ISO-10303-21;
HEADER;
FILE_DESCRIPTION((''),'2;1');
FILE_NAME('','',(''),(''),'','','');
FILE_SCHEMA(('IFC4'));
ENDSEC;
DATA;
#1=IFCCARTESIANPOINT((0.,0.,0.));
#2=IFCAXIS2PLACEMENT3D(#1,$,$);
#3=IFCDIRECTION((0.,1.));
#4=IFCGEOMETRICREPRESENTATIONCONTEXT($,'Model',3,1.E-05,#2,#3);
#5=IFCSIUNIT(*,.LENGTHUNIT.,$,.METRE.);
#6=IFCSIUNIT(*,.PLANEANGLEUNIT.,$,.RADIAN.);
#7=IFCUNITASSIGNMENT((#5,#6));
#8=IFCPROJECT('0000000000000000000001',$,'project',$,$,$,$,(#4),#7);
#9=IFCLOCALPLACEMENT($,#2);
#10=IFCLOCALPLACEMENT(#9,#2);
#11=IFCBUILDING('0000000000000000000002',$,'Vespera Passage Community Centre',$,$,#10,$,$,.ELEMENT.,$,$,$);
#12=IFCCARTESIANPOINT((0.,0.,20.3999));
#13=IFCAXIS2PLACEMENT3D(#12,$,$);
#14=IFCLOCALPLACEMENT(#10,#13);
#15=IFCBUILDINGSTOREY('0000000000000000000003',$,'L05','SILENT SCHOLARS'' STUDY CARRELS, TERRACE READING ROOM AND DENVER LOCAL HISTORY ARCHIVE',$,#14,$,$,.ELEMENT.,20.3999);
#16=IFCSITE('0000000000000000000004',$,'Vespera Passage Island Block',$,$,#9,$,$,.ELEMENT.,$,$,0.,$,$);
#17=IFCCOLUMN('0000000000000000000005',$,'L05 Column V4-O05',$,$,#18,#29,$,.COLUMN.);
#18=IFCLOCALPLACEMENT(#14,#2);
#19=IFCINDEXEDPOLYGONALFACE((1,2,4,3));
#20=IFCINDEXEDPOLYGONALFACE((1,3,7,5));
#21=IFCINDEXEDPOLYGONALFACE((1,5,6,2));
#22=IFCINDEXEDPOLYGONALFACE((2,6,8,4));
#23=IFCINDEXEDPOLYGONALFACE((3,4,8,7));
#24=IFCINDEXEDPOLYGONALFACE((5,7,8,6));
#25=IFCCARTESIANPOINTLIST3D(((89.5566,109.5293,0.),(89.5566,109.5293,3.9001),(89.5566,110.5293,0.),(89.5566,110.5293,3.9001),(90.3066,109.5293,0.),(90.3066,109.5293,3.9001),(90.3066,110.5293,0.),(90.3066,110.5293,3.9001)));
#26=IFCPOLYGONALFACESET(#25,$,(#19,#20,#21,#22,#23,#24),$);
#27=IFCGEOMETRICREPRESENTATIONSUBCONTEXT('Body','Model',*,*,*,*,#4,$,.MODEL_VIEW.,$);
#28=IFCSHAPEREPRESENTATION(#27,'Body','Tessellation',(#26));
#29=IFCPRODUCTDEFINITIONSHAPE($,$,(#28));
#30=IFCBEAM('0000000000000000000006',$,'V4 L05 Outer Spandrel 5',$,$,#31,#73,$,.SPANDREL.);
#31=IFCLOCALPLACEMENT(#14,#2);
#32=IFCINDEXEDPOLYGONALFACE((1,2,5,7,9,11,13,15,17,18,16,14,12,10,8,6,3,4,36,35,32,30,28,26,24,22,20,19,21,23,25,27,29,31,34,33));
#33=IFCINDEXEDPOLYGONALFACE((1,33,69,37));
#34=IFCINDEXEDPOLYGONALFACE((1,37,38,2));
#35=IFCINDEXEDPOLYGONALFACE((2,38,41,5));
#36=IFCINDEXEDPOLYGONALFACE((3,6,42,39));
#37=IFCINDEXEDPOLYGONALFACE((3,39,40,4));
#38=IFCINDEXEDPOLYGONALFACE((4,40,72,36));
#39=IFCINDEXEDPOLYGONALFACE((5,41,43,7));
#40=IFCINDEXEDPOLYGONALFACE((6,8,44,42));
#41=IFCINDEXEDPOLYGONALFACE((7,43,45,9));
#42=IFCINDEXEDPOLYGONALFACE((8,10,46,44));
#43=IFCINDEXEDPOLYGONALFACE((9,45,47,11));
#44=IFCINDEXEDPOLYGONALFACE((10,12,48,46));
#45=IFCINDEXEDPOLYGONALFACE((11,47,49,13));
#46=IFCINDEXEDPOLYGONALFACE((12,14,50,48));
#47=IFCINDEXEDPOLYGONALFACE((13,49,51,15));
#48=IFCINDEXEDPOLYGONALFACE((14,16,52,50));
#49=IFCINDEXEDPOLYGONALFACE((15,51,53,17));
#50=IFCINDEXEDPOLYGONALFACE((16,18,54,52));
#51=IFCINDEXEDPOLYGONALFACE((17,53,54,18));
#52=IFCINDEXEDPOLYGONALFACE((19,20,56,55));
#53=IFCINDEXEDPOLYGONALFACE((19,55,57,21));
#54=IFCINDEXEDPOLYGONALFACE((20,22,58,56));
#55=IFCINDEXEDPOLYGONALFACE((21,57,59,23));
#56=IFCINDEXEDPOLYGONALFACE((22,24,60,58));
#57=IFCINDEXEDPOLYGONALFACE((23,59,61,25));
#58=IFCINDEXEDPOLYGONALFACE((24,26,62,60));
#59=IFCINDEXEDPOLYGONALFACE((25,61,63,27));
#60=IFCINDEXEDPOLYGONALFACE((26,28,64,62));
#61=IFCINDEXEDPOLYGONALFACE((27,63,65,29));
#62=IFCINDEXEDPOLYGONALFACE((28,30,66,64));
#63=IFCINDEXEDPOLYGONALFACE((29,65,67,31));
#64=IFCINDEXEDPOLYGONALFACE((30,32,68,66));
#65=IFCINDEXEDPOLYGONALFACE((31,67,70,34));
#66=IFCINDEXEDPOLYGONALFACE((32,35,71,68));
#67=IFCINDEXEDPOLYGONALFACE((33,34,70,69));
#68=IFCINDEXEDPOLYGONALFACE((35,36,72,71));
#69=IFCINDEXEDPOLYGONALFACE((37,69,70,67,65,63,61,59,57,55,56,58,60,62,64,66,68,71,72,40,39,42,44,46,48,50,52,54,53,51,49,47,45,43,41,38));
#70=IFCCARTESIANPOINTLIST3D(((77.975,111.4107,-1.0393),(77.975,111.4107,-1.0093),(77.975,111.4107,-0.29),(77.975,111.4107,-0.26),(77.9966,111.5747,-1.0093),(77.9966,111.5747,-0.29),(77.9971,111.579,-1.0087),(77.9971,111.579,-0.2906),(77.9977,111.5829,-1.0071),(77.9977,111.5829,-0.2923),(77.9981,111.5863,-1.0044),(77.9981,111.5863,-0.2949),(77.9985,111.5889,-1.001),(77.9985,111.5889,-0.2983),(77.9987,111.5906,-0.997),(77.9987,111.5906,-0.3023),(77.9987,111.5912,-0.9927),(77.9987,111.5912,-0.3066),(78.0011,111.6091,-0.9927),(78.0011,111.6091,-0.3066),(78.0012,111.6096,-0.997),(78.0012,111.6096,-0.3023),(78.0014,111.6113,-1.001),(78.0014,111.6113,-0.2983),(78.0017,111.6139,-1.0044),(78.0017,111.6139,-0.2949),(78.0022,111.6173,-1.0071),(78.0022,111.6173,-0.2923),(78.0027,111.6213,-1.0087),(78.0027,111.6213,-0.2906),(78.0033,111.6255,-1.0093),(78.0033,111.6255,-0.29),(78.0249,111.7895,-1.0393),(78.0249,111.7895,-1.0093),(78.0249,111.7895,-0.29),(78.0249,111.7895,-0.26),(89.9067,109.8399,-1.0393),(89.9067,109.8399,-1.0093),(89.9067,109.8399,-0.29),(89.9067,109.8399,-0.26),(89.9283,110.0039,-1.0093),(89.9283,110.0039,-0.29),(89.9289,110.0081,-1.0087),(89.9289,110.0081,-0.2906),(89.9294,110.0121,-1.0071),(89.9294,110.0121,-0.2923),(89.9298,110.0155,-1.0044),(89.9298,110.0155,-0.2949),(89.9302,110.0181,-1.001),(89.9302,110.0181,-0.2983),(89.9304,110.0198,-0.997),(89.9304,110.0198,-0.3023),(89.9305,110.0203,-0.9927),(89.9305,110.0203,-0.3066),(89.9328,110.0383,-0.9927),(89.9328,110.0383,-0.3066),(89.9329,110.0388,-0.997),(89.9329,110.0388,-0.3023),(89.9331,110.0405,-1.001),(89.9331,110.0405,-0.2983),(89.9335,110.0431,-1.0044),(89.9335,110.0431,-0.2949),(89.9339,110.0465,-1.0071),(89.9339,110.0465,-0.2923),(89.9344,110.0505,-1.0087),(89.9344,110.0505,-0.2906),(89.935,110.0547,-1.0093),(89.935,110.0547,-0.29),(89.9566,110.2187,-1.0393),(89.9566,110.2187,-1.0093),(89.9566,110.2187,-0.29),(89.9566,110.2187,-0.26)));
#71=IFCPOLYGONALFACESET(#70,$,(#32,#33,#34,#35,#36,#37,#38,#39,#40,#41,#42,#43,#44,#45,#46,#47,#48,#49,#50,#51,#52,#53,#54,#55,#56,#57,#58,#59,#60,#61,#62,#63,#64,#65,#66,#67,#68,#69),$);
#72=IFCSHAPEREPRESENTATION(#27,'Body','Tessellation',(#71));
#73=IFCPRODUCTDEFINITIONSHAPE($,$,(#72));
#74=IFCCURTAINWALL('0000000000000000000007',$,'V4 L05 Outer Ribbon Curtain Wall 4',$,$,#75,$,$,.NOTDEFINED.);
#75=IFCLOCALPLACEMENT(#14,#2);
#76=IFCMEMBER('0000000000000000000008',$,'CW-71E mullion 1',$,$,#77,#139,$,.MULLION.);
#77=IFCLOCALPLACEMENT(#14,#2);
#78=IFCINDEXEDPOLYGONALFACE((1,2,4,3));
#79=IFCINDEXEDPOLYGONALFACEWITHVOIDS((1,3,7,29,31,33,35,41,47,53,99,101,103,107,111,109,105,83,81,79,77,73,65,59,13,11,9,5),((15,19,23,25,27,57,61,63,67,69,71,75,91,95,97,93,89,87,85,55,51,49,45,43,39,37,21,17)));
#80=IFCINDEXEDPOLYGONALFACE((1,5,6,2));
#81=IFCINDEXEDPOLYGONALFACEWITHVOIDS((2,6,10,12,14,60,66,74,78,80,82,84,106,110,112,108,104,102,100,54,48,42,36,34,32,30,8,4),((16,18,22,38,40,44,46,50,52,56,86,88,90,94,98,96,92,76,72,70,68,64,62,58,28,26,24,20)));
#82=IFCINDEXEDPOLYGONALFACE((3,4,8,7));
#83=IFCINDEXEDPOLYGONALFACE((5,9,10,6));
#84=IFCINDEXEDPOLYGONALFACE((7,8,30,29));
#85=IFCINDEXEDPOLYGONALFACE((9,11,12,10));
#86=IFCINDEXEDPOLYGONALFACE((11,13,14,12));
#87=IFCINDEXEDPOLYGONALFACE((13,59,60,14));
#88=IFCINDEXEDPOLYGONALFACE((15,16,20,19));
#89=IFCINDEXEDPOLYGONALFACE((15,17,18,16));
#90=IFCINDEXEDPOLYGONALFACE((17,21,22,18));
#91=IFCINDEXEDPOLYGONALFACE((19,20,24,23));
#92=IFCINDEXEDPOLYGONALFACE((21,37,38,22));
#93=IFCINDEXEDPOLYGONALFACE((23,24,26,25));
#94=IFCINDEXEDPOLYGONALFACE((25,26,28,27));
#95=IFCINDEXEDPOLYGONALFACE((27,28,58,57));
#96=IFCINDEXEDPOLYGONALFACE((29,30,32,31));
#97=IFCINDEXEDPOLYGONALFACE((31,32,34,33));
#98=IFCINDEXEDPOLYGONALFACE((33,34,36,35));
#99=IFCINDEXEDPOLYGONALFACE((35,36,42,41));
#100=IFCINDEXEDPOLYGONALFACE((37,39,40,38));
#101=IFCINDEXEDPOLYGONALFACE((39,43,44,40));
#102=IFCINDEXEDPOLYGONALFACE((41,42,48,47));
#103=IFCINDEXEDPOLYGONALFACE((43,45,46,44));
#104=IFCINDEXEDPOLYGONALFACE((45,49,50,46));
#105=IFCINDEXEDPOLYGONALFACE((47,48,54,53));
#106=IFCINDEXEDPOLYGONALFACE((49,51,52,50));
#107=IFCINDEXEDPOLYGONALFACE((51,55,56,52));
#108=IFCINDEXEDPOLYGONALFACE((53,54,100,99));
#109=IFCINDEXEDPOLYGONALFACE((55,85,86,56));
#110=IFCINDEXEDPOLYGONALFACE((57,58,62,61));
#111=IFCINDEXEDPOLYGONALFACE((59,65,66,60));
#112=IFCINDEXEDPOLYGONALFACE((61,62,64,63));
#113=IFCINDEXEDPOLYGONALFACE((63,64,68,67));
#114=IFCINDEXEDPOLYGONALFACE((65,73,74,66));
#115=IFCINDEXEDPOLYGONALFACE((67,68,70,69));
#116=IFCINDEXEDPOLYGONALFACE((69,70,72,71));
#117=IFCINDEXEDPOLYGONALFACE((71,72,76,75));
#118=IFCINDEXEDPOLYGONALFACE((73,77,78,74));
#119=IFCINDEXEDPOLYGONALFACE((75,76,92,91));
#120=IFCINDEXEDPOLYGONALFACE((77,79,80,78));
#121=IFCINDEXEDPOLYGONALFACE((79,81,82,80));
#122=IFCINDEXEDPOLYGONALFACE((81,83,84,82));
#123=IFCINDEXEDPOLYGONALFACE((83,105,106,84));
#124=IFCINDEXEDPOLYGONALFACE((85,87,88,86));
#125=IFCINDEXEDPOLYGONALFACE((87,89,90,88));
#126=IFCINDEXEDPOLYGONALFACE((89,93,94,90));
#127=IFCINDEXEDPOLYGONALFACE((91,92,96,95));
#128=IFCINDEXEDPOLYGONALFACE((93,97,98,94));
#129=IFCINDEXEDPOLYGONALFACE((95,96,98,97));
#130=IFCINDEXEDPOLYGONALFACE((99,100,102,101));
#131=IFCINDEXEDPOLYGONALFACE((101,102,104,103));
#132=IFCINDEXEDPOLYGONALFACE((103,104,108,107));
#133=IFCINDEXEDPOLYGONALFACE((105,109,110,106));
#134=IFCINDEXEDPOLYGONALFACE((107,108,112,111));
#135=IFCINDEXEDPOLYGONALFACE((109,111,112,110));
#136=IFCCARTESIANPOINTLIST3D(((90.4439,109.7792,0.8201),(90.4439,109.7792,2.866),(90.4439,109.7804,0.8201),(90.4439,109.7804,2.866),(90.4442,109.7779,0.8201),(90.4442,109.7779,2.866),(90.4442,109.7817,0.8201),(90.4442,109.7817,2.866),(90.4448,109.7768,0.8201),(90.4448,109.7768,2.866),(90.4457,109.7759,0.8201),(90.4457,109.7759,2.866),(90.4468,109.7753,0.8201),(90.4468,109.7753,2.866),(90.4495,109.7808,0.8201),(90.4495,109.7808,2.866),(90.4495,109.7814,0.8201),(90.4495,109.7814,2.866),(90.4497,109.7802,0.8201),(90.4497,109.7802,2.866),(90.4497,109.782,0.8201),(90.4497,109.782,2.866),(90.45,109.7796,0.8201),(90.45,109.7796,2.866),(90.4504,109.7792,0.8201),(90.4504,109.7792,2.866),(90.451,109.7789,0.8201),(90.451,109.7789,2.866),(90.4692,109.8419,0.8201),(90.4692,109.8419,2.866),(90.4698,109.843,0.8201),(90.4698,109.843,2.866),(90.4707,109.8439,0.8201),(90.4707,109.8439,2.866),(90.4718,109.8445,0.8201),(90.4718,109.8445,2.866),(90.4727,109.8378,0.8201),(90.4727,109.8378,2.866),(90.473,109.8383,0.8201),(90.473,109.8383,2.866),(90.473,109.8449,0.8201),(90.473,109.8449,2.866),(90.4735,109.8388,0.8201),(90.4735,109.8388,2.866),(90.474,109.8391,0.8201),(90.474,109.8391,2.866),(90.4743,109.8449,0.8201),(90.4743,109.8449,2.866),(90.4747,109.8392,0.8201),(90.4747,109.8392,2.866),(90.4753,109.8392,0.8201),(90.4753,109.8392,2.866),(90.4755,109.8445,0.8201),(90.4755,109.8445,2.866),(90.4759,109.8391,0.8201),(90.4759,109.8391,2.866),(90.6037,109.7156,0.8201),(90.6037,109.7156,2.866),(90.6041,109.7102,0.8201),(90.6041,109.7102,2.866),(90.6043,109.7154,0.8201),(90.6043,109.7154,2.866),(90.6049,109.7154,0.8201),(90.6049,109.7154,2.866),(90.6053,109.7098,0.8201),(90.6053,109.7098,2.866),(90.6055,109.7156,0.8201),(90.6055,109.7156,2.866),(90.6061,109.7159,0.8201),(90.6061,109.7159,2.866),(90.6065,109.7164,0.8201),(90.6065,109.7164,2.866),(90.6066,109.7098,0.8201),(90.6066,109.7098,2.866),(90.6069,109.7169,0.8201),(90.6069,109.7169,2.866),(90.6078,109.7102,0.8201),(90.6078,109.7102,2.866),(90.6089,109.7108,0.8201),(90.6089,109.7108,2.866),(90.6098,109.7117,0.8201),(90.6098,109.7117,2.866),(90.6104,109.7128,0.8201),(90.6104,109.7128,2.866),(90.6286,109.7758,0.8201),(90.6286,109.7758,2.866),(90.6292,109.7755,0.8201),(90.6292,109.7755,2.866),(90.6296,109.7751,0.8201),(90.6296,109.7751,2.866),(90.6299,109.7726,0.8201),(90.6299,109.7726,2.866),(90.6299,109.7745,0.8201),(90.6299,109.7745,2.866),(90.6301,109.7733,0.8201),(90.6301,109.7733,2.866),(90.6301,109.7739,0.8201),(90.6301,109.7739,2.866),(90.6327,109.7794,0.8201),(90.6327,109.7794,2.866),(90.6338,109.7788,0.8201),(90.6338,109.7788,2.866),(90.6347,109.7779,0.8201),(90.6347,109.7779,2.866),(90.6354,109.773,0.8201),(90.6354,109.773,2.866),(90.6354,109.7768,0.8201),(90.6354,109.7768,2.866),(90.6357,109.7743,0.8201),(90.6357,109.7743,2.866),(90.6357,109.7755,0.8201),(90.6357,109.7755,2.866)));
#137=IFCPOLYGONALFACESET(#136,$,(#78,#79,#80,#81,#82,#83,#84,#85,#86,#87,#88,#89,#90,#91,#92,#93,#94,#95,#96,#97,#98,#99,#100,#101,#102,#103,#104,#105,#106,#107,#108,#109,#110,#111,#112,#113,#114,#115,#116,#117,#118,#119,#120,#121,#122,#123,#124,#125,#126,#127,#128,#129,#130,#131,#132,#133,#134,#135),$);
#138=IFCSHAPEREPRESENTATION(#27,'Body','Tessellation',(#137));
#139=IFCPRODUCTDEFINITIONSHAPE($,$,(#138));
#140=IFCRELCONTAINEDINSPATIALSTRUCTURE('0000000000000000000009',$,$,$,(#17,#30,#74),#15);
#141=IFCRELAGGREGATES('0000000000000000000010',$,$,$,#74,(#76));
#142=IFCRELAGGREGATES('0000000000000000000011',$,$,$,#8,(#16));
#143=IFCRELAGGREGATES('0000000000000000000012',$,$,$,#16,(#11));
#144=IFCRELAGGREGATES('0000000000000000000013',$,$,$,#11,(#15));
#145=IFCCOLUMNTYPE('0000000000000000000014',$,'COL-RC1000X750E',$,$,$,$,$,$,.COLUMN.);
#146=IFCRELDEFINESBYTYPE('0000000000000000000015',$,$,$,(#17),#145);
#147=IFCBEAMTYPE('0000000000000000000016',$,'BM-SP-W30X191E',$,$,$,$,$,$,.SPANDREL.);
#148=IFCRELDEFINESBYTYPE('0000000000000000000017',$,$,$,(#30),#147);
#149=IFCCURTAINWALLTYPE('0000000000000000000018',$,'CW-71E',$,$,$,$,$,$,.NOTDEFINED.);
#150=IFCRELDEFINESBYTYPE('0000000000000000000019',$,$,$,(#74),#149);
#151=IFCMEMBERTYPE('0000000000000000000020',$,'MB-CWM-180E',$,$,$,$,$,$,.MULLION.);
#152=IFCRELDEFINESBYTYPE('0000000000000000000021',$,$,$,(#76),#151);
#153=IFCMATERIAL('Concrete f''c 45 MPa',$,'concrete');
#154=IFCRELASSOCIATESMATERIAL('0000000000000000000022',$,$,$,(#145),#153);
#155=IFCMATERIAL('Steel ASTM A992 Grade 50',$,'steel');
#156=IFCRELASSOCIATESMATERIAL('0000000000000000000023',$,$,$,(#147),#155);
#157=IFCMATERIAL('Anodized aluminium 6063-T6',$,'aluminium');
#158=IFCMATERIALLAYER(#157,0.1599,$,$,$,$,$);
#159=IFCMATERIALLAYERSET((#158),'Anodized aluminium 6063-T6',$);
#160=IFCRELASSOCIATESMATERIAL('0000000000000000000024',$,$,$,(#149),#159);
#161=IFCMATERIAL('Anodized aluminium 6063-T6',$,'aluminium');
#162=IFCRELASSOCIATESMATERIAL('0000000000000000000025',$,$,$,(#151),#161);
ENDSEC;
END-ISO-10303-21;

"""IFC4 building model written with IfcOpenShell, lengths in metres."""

from ifc_helpers import new_model, si_unit, direction, frame, origin, origin_2d, place, context, subcontext, project, spatial, rectangle, hollow_rectangle, i_section, extrude, material, layer, layer_set, material_profile, profile_set, type_object, element, aggregate, save


model = new_model("IFC4")

# Units and contexts
model_context = context("Model", 3, precision=1e-05, world=origin(), true_north=direction((0.0, 1.0)))
body_context = subcontext(model_context, "Body", "Model", "MODEL_VIEW")
ifc_project = project(units=[si_unit("LENGTHUNIT", "METRE"), si_unit("PLANEANGLEUNIT", "RADIAN")], contexts=[model_context])

# Site, building, storey
site_placement = place(None, origin())
site = spatial("IfcSite", under=ifc_project, at=site_placement, Name="Vespera Passage Island Block", CompositionType="ELEMENT", RefElevation=0.0)
building_placement = place(site_placement, origin())
building = spatial("IfcBuilding", under=site, at=building_placement, Name="Vespera Passage Community Centre", CompositionType="ELEMENT")
storey_placement = place(building_placement, frame((0.0, 0.0, 20.3999)))
storey = spatial("IfcBuildingStorey", under=building, at=storey_placement, Name="L05", Description="SILENT SCHOLARS' STUDY CARRELS, TERRACE READING ROOM AND DENVER LOCAL HISTORY ARCHIVE", CompositionType="ELEMENT", Elevation=20.3999)

# Column
ifc_material_1 = material(Name="Concrete f'c 45 MPa", Category="concrete")
ifc_material_profile_1 = material_profile(ifc_material_1, rectangle(XDim=0.75, YDim=1.0, at=origin_2d()), Name="RC1000X750")
ifc_profile_set_1 = profile_set([ifc_material_profile_1], Name="Concrete f'c 45 MPa")
column_type = type_object("IfcColumnType", Name="COL-RC1000X750E", PredefinedType="COLUMN", material=ifc_profile_set_1)
column_placement = place(storey_placement, frame((89.9316, 110.0293, 0.0), z_axis=(0.0, 0.0, 1.0), x_axis=(1.0, 0.0, 0.0)))
element("IfcColumn", 1, at=column_placement, inside=storey, type_object=column_type, Name="L05 Column V4-O05", PredefinedType="COLUMN", context=body_context, shape_type="SweptSolid", body=[
    extrude(rectangle(XDim=0.75, YDim=1.0, at=origin_2d()), origin(), (0.0, 0.0, 1.0), 3.9001),
])

# Beam
ifc_material_2 = material(Name="Steel ASTM A992 Grade 50", Category="steel")
ifc_material_profile_2 = material_profile(ifc_material_2, i_section(OverallWidth=0.3821, OverallDepth=0.7793, WebThickness=0.0181, FlangeThickness=0.03, FilletRadius=0.0166, at=origin_2d()), Name="W30X191")
ifc_profile_set_2 = profile_set([ifc_material_profile_2], Name="Steel ASTM A992 Grade 50")
beam_type = type_object("IfcBeamType", Name="BM-SP-W30X191E", PredefinedType="SPANDREL", material=ifc_profile_set_2)
beam_placement = place(storey_placement, frame((89.9316, 110.0293, -0.6497), z_axis=(-0.991445, 0.130524, 0.0), x_axis=(-0.130524, -0.991445, 0.0)))
element("IfcBeam", 2, at=beam_placement, inside=storey, type_object=beam_type, Name="V4 L05 Outer Spandrel 5", PredefinedType="SPANDREL", context=body_context, shape_type="SweptSolid", body=[
    extrude(i_section(OverallWidth=0.3821, OverallDepth=0.7793, WebThickness=0.0181, FlangeThickness=0.03, FilletRadius=0.0166, at=origin_2d()), origin(), (0.0, 0.0, 1.0), 12.0347),
])

# Curtain wall, member
ifc_material_3 = material(Name="Anodized aluminium 6063-T6", Category="aluminium")
ifc_layer_1 = layer(ifc_material_3, 0.1599)
ifc_layer_set_1 = layer_set([ifc_layer_1], Name="Anodized aluminium 6063-T6")
curtain_wall_type_1 = type_object("IfcCurtainWallType", Name="CW-71E", PredefinedType="NOTDEFINED", material=ifc_layer_set_1)
curtain_wall_1_placement = place(storey_placement, origin())
curtain_wall_1 = element("IfcCurtainWall", 3, at=curtain_wall_1_placement, inside=storey, type_object=curtain_wall_type_1, Name="V4 L05 Outer Ribbon Curtain Wall 4", PredefinedType="NOTDEFINED")
ifc_material_4 = material(Name="Anodized aluminium 6063-T6", Category="aluminium")
ifc_material_profile_3 = material_profile(ifc_material_4, hollow_rectangle(XDim=0.075, YDim=0.1799, WallThickness=0.0049, InnerFilletRadius=0.0024, OuterFilletRadius=0.0049, at=origin_2d()), Name="ALU180X75X5")
ifc_profile_set_3 = profile_set([ifc_material_profile_3], Name="Anodized aluminium 6063-T6")
member_type_1 = type_object("IfcMemberType", Name="MB-CWM-180E", PredefinedType="MULLION", material=ifc_profile_set_3)
member_1_placement = place(storey_placement, frame((90.5398, 109.7773, 0.8201), z_axis=(0.0, 0.0, 1.0), x_axis=(0.382683, 0.92388, 0.0)))
member_1 = element("IfcMember", 4, at=member_1_placement, type_object=member_type_1, Name="CW-71E mullion 1", PredefinedType="MULLION", context=body_context, shape_type="SweptSolid", body=[
    extrude(hollow_rectangle(XDim=0.075, YDim=0.1799, WallThickness=0.0049, InnerFilletRadius=0.0024, OuterFilletRadius=0.0049, at=origin_2d()), origin(), (0.0, 0.0, 1.0), 2.0459),
])

aggregate(curtain_wall_1, [member_1])

save(model, "model.ifc")
